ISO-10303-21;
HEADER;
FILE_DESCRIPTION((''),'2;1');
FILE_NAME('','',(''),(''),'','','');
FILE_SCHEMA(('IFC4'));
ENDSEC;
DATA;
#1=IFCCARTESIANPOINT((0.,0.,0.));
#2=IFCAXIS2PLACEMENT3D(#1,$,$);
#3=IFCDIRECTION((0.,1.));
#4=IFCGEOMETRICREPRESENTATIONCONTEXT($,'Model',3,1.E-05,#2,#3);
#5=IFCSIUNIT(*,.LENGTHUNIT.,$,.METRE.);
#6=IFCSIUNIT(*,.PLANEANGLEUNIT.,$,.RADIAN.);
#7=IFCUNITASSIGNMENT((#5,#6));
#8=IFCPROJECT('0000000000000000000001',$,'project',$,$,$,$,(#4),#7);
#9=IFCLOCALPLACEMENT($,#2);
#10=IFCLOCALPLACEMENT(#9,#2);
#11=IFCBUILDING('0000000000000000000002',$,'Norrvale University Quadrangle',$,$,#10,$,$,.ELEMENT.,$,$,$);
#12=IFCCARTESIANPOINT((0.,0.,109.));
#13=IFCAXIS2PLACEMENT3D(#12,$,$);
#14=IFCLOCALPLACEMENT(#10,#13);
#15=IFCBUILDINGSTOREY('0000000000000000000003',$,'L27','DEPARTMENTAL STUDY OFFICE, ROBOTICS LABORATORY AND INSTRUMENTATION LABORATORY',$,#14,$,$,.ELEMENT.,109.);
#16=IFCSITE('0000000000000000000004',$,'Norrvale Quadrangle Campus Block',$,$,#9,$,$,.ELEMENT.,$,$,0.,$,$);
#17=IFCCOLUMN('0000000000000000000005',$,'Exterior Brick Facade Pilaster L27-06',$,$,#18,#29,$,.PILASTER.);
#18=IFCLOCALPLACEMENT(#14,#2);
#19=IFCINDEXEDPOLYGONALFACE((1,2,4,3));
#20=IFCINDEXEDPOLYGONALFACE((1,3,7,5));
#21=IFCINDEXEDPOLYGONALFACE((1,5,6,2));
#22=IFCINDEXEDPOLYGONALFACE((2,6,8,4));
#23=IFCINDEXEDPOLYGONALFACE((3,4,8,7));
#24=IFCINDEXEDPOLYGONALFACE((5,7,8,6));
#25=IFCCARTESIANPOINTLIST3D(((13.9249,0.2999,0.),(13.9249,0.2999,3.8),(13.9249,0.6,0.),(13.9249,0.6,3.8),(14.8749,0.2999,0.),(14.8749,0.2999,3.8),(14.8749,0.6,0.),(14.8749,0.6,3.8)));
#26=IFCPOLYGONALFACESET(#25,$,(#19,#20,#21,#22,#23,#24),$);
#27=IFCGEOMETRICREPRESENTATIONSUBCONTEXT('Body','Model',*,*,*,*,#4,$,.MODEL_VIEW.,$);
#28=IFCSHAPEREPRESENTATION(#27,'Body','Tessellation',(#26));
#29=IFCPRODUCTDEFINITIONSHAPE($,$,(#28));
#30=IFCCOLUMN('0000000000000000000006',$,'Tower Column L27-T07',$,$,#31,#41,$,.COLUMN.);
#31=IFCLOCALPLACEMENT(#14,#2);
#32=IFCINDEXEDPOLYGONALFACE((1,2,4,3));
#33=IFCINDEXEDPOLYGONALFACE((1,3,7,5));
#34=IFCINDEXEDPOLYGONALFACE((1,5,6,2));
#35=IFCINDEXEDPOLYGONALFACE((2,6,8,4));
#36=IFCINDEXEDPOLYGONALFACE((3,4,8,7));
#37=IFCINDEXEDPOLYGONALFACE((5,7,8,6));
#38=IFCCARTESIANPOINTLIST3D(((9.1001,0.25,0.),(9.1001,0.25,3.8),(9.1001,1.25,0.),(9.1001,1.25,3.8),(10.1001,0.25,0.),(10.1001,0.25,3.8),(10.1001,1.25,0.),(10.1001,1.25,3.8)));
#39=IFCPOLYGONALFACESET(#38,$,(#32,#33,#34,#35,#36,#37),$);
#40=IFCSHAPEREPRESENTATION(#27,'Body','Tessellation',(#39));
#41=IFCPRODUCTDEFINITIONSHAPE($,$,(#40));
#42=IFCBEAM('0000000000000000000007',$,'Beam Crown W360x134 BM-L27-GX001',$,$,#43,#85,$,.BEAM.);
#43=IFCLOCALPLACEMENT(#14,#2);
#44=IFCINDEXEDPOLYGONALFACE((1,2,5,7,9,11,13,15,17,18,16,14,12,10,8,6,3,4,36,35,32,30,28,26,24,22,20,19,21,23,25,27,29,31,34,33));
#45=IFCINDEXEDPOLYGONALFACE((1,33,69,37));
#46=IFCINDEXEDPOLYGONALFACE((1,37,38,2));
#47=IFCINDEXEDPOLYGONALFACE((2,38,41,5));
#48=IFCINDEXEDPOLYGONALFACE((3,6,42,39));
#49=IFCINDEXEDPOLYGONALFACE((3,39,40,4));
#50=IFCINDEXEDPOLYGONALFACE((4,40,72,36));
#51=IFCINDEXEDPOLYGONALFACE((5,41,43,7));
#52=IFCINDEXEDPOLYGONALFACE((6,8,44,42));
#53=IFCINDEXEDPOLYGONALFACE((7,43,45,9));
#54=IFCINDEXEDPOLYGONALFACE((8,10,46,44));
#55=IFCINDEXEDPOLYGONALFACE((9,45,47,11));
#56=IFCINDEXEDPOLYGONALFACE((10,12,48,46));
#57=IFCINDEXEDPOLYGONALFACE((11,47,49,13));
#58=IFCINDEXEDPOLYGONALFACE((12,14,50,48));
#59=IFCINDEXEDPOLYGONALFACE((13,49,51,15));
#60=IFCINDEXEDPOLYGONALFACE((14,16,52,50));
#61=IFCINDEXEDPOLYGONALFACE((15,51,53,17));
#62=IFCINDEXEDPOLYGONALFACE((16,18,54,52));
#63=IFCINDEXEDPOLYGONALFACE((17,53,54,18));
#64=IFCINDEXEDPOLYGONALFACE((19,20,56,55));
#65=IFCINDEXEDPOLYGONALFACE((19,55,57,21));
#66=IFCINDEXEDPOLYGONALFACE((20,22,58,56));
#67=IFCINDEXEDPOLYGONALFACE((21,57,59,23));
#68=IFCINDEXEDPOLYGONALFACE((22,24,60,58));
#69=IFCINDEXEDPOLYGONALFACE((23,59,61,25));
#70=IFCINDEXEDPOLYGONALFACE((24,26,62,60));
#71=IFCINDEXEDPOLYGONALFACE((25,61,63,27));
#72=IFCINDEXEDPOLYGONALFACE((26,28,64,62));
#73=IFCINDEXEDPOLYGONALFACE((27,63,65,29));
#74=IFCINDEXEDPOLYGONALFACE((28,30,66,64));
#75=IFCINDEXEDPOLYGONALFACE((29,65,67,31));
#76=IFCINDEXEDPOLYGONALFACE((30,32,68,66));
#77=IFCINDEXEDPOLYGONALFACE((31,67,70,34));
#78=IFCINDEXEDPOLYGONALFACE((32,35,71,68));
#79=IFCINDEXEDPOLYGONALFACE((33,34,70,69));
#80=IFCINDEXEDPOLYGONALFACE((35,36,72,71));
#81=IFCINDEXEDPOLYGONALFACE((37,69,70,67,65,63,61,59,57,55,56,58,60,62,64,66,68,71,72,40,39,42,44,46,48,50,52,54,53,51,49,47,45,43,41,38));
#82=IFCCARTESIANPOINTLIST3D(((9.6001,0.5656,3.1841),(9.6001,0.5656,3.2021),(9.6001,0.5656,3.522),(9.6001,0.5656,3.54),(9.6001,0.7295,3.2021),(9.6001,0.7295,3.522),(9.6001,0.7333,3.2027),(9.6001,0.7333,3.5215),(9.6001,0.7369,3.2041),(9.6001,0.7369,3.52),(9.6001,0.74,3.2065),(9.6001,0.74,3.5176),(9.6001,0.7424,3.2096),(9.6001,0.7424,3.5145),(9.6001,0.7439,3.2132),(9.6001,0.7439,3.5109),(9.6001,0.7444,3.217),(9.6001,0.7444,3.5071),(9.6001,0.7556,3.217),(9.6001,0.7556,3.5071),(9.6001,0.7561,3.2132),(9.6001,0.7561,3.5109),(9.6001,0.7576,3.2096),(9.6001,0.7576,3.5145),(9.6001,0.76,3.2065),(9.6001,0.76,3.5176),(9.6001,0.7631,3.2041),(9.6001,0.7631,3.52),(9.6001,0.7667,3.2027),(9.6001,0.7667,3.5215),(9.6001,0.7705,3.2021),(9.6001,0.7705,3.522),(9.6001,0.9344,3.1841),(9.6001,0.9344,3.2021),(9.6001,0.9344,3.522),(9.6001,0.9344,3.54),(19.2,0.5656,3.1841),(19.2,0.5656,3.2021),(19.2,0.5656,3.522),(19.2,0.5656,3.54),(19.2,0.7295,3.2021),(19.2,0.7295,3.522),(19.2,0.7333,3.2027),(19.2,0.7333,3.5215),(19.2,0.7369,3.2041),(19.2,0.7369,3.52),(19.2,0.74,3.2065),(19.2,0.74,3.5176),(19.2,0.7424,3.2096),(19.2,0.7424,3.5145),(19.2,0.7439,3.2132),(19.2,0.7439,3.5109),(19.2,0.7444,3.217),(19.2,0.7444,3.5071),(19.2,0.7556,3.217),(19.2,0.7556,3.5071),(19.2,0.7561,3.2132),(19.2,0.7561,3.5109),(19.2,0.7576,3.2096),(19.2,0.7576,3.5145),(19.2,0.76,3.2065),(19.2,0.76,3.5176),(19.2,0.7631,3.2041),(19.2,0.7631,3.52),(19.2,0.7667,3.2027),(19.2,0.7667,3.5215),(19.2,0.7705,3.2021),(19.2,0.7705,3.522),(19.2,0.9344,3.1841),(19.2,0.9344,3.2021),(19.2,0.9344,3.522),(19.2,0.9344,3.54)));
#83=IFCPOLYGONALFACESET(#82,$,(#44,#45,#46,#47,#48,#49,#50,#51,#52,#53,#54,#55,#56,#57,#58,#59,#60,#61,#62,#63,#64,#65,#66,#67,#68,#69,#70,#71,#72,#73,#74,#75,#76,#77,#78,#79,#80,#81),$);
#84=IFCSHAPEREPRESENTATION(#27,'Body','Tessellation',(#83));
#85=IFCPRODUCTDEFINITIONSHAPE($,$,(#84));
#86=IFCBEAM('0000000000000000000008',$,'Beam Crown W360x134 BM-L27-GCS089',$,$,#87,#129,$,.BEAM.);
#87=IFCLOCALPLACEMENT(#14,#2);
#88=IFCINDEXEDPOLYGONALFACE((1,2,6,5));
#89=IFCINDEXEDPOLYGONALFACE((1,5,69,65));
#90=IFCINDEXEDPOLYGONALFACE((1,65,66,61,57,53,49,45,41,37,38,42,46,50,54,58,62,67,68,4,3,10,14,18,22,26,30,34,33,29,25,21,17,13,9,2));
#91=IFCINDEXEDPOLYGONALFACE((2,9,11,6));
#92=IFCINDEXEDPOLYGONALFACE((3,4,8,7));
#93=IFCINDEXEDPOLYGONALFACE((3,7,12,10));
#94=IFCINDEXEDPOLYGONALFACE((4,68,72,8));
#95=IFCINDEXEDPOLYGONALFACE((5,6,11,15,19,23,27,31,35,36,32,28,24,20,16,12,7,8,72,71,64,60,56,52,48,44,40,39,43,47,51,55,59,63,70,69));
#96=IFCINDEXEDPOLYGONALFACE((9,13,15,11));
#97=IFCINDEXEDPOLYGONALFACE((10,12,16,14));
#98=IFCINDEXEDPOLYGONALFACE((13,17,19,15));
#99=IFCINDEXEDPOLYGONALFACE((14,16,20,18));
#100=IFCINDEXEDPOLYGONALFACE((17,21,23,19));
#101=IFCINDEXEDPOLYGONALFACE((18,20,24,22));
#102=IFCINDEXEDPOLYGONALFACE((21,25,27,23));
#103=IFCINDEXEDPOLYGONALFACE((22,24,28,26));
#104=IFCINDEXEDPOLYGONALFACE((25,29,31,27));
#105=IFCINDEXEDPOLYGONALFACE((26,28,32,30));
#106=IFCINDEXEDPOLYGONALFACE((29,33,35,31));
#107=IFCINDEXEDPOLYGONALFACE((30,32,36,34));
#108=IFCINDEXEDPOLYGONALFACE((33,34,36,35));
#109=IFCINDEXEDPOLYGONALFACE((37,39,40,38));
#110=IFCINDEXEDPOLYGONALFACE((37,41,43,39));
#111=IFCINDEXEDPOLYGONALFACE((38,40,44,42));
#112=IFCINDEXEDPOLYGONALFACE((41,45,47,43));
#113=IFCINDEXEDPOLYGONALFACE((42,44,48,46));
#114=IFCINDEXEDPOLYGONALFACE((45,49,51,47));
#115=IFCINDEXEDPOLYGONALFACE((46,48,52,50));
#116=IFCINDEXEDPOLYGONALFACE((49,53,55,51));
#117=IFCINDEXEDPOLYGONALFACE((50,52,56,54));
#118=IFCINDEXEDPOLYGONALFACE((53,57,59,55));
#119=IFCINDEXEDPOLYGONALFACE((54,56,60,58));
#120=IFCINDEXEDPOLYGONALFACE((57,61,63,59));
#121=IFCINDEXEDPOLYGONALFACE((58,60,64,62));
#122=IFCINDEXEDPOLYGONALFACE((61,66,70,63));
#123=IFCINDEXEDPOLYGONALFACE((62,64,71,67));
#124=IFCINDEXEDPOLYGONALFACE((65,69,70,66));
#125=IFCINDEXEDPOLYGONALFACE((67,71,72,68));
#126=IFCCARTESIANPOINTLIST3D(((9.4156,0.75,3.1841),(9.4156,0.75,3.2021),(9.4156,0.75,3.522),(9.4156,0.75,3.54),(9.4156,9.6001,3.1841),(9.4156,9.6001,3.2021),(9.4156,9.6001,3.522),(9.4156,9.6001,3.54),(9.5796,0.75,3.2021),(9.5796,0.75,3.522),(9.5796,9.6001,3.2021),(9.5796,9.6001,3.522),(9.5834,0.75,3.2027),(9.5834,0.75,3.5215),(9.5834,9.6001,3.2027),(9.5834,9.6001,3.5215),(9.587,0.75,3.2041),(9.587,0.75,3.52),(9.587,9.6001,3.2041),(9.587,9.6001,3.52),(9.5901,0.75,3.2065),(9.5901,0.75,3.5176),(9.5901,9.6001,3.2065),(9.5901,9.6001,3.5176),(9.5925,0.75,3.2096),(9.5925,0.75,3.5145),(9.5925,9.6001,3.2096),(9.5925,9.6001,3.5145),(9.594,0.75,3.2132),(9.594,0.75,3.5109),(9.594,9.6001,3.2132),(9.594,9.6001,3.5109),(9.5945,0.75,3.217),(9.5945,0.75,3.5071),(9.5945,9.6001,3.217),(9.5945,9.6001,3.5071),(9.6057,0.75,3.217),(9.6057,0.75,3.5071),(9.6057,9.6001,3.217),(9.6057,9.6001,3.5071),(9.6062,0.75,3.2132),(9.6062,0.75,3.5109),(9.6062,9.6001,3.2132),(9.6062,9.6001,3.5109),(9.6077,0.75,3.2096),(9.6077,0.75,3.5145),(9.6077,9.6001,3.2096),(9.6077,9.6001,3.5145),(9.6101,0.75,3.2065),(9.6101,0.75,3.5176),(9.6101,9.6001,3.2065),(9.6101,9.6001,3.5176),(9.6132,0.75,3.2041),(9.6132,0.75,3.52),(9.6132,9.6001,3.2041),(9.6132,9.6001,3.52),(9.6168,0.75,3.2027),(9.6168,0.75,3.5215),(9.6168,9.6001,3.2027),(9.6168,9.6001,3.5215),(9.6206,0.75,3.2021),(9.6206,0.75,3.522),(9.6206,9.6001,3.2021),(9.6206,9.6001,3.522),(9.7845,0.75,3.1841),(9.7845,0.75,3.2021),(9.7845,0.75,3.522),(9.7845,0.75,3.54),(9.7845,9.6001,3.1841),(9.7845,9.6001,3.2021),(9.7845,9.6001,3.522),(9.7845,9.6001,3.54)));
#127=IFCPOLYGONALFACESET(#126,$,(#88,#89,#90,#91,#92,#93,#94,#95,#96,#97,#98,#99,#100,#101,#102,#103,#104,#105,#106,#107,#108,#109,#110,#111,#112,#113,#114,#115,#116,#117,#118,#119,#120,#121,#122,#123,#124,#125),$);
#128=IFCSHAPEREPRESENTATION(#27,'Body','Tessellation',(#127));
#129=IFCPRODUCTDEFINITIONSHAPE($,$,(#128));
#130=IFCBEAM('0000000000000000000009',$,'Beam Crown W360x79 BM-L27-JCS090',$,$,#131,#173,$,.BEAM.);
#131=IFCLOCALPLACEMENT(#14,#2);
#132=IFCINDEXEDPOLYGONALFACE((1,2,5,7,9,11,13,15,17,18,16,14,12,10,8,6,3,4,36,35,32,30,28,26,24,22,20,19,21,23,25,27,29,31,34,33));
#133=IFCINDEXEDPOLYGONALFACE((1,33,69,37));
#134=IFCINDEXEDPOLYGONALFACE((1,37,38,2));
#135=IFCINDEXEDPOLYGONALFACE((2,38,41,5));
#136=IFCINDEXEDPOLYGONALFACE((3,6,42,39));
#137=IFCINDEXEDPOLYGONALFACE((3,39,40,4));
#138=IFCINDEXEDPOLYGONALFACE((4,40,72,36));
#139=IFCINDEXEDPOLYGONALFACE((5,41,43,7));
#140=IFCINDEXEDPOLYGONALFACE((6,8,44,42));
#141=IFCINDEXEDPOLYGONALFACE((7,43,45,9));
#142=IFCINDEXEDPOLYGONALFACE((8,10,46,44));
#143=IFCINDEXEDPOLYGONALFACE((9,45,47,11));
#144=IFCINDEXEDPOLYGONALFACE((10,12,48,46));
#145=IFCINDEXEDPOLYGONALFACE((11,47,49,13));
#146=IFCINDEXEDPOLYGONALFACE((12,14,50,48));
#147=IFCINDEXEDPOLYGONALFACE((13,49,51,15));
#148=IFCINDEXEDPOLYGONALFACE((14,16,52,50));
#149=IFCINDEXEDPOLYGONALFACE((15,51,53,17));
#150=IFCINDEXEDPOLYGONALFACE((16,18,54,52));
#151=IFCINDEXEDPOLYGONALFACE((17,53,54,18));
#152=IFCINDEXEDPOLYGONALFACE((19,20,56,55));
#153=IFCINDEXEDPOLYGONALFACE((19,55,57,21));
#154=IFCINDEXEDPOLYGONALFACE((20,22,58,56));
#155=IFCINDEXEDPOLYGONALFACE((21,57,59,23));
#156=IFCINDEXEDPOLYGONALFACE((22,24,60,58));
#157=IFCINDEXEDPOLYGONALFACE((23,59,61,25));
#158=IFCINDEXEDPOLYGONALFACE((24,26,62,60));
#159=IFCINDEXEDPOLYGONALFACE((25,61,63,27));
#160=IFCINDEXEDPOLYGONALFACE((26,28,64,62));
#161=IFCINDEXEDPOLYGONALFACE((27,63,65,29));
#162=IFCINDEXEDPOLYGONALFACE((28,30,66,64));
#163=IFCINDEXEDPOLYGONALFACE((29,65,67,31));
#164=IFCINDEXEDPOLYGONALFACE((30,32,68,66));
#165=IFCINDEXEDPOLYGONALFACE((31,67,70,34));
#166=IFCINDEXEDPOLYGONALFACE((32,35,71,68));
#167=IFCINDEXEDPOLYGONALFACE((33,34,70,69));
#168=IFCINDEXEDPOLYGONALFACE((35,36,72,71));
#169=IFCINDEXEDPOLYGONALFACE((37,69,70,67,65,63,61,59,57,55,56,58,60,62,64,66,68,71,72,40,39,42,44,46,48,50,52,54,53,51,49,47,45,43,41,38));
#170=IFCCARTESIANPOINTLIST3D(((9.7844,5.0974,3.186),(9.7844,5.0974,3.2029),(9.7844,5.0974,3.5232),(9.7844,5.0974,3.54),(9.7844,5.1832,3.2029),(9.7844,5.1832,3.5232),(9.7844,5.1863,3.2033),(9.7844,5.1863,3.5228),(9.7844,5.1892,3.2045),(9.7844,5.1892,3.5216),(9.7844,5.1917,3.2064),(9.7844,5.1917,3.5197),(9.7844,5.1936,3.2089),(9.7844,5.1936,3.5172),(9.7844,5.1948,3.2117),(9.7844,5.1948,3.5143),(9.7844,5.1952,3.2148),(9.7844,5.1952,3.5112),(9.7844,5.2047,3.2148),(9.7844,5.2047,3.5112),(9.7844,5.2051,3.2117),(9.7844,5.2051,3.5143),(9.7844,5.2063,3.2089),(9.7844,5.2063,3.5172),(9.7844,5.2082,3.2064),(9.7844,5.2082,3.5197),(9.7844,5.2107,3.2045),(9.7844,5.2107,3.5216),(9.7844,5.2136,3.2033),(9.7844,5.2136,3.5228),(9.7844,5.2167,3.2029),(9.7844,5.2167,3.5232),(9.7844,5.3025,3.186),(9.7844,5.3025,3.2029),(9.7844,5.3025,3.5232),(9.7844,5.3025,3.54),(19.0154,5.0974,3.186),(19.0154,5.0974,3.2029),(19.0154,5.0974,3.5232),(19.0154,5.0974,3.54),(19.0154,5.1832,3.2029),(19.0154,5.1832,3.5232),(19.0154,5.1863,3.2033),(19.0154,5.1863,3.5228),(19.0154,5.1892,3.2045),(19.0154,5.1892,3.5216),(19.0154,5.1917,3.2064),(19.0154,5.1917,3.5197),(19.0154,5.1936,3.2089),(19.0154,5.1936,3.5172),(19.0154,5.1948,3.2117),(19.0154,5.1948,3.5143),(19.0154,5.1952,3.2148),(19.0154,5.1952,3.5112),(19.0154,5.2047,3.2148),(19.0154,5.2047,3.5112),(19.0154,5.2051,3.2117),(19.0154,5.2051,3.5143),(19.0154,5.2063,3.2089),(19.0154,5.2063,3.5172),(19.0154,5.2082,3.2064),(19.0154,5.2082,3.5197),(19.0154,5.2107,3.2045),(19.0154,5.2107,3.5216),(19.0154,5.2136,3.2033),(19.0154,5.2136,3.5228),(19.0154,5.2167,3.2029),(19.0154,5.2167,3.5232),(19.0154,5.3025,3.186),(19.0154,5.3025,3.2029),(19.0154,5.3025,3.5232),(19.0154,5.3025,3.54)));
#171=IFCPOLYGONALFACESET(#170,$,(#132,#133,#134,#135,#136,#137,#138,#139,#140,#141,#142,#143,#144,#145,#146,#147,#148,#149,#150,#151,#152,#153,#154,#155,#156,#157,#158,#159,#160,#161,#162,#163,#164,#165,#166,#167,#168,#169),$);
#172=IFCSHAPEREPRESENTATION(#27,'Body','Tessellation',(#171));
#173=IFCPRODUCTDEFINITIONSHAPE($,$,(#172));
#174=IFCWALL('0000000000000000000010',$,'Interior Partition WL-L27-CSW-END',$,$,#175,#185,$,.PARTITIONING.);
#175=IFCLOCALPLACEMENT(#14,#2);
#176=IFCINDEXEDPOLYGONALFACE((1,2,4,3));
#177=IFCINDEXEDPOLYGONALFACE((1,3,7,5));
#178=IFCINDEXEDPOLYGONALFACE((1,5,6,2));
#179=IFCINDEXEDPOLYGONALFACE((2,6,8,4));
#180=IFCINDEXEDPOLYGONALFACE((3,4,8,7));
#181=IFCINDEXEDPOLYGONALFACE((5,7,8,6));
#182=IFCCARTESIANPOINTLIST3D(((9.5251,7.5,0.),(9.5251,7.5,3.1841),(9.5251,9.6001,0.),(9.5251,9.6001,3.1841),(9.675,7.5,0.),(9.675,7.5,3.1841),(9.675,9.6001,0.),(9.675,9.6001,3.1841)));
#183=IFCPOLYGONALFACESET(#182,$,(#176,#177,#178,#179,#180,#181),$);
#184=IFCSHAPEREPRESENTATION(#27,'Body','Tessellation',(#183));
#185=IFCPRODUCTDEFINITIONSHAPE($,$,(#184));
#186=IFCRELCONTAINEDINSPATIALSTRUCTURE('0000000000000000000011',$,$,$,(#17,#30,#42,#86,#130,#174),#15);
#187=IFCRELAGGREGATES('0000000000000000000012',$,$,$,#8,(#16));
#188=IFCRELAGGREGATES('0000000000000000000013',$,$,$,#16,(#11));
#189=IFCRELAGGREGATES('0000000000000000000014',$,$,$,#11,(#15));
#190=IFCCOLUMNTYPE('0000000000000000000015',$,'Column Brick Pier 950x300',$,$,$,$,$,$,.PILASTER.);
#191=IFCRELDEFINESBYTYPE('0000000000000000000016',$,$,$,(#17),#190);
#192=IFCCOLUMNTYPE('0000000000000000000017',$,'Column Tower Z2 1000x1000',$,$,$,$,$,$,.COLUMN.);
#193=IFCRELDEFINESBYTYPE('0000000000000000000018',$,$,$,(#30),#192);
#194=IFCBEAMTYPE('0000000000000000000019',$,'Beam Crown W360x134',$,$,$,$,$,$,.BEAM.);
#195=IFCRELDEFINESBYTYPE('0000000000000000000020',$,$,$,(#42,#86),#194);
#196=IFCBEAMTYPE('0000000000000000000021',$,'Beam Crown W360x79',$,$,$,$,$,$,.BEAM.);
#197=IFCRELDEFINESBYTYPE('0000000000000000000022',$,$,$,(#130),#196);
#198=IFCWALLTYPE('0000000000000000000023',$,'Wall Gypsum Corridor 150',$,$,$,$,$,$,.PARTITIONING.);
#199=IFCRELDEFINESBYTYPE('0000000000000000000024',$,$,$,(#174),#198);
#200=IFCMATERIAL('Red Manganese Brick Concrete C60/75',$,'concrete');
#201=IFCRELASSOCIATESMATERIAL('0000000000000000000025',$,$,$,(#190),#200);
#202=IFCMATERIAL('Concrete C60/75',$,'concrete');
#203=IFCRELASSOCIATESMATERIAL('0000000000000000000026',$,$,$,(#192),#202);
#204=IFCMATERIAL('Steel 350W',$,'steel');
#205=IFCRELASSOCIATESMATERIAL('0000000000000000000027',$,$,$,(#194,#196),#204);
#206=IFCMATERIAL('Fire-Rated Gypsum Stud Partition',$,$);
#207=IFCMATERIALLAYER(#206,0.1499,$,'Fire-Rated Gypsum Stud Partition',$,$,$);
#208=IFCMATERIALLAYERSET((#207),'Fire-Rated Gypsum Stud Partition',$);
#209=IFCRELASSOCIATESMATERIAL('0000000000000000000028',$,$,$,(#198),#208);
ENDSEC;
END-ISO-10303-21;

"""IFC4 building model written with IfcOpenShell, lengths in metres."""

from ifc_helpers import new_model, si_unit, direction, frame, frame_2d, origin, origin_2d, place, context, subcontext, project, spatial, rectangle, i_section, extrude, material, layer, layer_set, material_profile, profile_set, type_object, element, save


model = new_model("IFC4")

# Units and contexts
model_context = context("Model", 3, precision=1e-05, world=origin(), true_north=direction((0.0, 1.0)))
body_context = subcontext(model_context, "Body", "Model", "MODEL_VIEW")
ifc_project = project(units=[si_unit("LENGTHUNIT", "METRE"), si_unit("PLANEANGLEUNIT", "RADIAN")], contexts=[model_context])

# Site, building, storey
site_placement = place(None, origin())
site = spatial("IfcSite", under=ifc_project, at=site_placement, Name="Norrvale Quadrangle Campus Block", CompositionType="ELEMENT", RefElevation=0.0)
building_placement = place(site_placement, origin())
building = spatial("IfcBuilding", under=site, at=building_placement, Name="Norrvale University Quadrangle", CompositionType="ELEMENT")
storey_placement = place(building_placement, frame((0.0, 0.0, 109.0)))
storey = spatial("IfcBuildingStorey", under=building, at=storey_placement, Name="L27", Description="DEPARTMENTAL STUDY OFFICE, ROBOTICS LABORATORY AND INSTRUMENTATION LABORATORY", CompositionType="ELEMENT", Elevation=109.0)

# Columns
ifc_material_1 = material(Name="Red Manganese Brick Concrete C60/75", Category="concrete")
ifc_material_profile_1 = material_profile(ifc_material_1, rectangle(XDim=0.95, YDim=0.3, at=origin_2d()), Name="Red Manganese Brick Concrete C60/75")
ifc_profile_set_1 = profile_set([ifc_material_profile_1], Name="Red Manganese Brick Concrete C60/75")
column_type_1 = type_object("IfcColumnType", Name="Column Brick Pier 950x300", PredefinedType="PILASTER", material=ifc_profile_set_1)
column_1_placement = place(storey_placement, frame((14.3999, 0.45, 0.0), z_axis=(0.0, 0.0, 1.0), x_axis=(1.0, 0.0, 0.0)))
element("IfcColumn", 1, at=column_1_placement, inside=storey, type_object=column_type_1, Name="Exterior Brick Facade Pilaster L27-06", PredefinedType="PILASTER", context=body_context, shape_type="SweptSolid", body=[
    extrude(rectangle(XDim=0.95, YDim=0.3, at=origin_2d()), origin(), (0.0, 0.0, 1.0), 3.8),
])
ifc_material_2 = material(Name="Concrete C60/75", Category="concrete")
ifc_material_profile_2 = material_profile(ifc_material_2, rectangle(XDim=1.0, YDim=1.0, at=origin_2d()), Name="Concrete C60/75")
ifc_profile_set_2 = profile_set([ifc_material_profile_2], Name="Concrete C60/75")
column_type_2 = type_object("IfcColumnType", Name="Column Tower Z2 1000x1000", PredefinedType="COLUMN", material=ifc_profile_set_2)
column_2_placement = place(storey_placement, frame((9.6001, 0.75, 0.0), z_axis=(0.0, 0.0, 1.0), x_axis=(1.0, 0.0, 0.0)))
element("IfcColumn", 2, at=column_2_placement, inside=storey, type_object=column_type_2, Name="Tower Column L27-T07", PredefinedType="COLUMN", context=body_context, shape_type="SweptSolid", body=[
    extrude(rectangle(XDim=1.0, YDim=1.0, at=origin_2d()), origin(), (0.0, 0.0, 1.0), 3.8),
])

# Beams
ifc_material_3 = material(Name="Steel 350W", Category="steel")
ifc_material_profile_3 = material_profile(ifc_material_3, i_section(OverallWidth=0.3689, OverallDepth=0.356, WebThickness=0.0112, FlangeThickness=0.0181, FilletRadius=0.0149, at=origin_2d()), Name="Steel 350W")
ifc_profile_set_3 = profile_set([ifc_material_profile_3], Name="Steel 350W")
beam_type_1 = type_object("IfcBeamType", Name="Beam Crown W360x134", PredefinedType="BEAM", material=ifc_profile_set_3)
beam_1_placement = place(storey_placement, frame((9.6001, 0.75, 3.3621), z_axis=(1.0, 0.0, 0.0), x_axis=(0.0, 1.0, 0.0)))
element("IfcBeam", 3, at=beam_1_placement, inside=storey, type_object=beam_type_1, Name="Beam Crown W360x134 BM-L27-GX001", PredefinedType="BEAM", context=body_context, shape_type="SweptSolid", body=[
    extrude(i_section(OverallWidth=0.3689, OverallDepth=0.356, WebThickness=0.0112, FlangeThickness=0.0181, FilletRadius=0.0149, at=origin_2d()), origin(), (0.0, 0.0, 1.0), 9.5999),
])
beam_2_placement = place(storey_placement, frame((9.6001, 0.75, 3.3621), z_axis=(0.0, 1.0, 0.0), x_axis=(-1.0, 0.0, 0.0)))
element("IfcBeam", 4, at=beam_2_placement, inside=storey, type_object=beam_type_1, Name="Beam Crown W360x134 BM-L27-GCS089", PredefinedType="BEAM", context=body_context, shape_type="SweptSolid", body=[
    extrude(i_section(OverallWidth=0.3689, OverallDepth=0.356, WebThickness=0.0112, FlangeThickness=0.0181, FilletRadius=0.0149, at=origin_2d()), origin(), (0.0, 0.0, 1.0), 8.8501),
])
ifc_material_profile_4 = material_profile(ifc_material_3, i_section(OverallWidth=0.2051, OverallDepth=0.354, WebThickness=0.0095, FlangeThickness=0.0168, FilletRadius=0.012, at=origin_2d()), Name="Steel 350W")
ifc_profile_set_4 = profile_set([ifc_material_profile_4], Name="Steel 350W")
beam_type_2 = type_object("IfcBeamType", Name="Beam Crown W360x79", PredefinedType="BEAM", material=ifc_profile_set_4)
beam_3_placement = place(storey_placement, frame((9.7844, 5.2, 3.363), z_axis=(1.0, 0.0, 0.0), x_axis=(0.0, 1.0, 0.0)))
element("IfcBeam", 5, at=beam_3_placement, inside=storey, type_object=beam_type_2, Name="Beam Crown W360x79 BM-L27-JCS090", PredefinedType="BEAM", context=body_context, shape_type="SweptSolid", body=[
    extrude(i_section(OverallWidth=0.2051, OverallDepth=0.354, WebThickness=0.0095, FlangeThickness=0.0168, FilletRadius=0.012, at=origin_2d()), origin(), (0.0, 0.0, 1.0), 9.231),
])

# Wall
ifc_material_4 = material(Name="Fire-Rated Gypsum Stud Partition")
ifc_layer_1 = layer(ifc_material_4, 0.1499, Name="Fire-Rated Gypsum Stud Partition")
ifc_layer_set_1 = layer_set([ifc_layer_1], Name="Fire-Rated Gypsum Stud Partition")
wall_type_1 = type_object("IfcWallType", Name="Wall Gypsum Corridor 150", PredefinedType="PARTITIONING", material=ifc_layer_set_1)
wall_1_placement = place(storey_placement, frame((9.6001, 7.5, 0.0), z_axis=(0.0, 0.0, 1.0), x_axis=(0.0, 1.0, 0.0)))
element("IfcWall", 6, at=wall_1_placement, inside=storey, type_object=wall_type_1, Name="Interior Partition WL-L27-CSW-END", PredefinedType="PARTITIONING", context=body_context, shape_type="SweptSolid", body=[
    extrude(rectangle(XDim=2.1001, YDim=0.1499, at=frame_2d((1.05, 0.0))), origin(), (0.0, 0.0, 1.0), 3.1841),
])

save(model, "model.ifc")
